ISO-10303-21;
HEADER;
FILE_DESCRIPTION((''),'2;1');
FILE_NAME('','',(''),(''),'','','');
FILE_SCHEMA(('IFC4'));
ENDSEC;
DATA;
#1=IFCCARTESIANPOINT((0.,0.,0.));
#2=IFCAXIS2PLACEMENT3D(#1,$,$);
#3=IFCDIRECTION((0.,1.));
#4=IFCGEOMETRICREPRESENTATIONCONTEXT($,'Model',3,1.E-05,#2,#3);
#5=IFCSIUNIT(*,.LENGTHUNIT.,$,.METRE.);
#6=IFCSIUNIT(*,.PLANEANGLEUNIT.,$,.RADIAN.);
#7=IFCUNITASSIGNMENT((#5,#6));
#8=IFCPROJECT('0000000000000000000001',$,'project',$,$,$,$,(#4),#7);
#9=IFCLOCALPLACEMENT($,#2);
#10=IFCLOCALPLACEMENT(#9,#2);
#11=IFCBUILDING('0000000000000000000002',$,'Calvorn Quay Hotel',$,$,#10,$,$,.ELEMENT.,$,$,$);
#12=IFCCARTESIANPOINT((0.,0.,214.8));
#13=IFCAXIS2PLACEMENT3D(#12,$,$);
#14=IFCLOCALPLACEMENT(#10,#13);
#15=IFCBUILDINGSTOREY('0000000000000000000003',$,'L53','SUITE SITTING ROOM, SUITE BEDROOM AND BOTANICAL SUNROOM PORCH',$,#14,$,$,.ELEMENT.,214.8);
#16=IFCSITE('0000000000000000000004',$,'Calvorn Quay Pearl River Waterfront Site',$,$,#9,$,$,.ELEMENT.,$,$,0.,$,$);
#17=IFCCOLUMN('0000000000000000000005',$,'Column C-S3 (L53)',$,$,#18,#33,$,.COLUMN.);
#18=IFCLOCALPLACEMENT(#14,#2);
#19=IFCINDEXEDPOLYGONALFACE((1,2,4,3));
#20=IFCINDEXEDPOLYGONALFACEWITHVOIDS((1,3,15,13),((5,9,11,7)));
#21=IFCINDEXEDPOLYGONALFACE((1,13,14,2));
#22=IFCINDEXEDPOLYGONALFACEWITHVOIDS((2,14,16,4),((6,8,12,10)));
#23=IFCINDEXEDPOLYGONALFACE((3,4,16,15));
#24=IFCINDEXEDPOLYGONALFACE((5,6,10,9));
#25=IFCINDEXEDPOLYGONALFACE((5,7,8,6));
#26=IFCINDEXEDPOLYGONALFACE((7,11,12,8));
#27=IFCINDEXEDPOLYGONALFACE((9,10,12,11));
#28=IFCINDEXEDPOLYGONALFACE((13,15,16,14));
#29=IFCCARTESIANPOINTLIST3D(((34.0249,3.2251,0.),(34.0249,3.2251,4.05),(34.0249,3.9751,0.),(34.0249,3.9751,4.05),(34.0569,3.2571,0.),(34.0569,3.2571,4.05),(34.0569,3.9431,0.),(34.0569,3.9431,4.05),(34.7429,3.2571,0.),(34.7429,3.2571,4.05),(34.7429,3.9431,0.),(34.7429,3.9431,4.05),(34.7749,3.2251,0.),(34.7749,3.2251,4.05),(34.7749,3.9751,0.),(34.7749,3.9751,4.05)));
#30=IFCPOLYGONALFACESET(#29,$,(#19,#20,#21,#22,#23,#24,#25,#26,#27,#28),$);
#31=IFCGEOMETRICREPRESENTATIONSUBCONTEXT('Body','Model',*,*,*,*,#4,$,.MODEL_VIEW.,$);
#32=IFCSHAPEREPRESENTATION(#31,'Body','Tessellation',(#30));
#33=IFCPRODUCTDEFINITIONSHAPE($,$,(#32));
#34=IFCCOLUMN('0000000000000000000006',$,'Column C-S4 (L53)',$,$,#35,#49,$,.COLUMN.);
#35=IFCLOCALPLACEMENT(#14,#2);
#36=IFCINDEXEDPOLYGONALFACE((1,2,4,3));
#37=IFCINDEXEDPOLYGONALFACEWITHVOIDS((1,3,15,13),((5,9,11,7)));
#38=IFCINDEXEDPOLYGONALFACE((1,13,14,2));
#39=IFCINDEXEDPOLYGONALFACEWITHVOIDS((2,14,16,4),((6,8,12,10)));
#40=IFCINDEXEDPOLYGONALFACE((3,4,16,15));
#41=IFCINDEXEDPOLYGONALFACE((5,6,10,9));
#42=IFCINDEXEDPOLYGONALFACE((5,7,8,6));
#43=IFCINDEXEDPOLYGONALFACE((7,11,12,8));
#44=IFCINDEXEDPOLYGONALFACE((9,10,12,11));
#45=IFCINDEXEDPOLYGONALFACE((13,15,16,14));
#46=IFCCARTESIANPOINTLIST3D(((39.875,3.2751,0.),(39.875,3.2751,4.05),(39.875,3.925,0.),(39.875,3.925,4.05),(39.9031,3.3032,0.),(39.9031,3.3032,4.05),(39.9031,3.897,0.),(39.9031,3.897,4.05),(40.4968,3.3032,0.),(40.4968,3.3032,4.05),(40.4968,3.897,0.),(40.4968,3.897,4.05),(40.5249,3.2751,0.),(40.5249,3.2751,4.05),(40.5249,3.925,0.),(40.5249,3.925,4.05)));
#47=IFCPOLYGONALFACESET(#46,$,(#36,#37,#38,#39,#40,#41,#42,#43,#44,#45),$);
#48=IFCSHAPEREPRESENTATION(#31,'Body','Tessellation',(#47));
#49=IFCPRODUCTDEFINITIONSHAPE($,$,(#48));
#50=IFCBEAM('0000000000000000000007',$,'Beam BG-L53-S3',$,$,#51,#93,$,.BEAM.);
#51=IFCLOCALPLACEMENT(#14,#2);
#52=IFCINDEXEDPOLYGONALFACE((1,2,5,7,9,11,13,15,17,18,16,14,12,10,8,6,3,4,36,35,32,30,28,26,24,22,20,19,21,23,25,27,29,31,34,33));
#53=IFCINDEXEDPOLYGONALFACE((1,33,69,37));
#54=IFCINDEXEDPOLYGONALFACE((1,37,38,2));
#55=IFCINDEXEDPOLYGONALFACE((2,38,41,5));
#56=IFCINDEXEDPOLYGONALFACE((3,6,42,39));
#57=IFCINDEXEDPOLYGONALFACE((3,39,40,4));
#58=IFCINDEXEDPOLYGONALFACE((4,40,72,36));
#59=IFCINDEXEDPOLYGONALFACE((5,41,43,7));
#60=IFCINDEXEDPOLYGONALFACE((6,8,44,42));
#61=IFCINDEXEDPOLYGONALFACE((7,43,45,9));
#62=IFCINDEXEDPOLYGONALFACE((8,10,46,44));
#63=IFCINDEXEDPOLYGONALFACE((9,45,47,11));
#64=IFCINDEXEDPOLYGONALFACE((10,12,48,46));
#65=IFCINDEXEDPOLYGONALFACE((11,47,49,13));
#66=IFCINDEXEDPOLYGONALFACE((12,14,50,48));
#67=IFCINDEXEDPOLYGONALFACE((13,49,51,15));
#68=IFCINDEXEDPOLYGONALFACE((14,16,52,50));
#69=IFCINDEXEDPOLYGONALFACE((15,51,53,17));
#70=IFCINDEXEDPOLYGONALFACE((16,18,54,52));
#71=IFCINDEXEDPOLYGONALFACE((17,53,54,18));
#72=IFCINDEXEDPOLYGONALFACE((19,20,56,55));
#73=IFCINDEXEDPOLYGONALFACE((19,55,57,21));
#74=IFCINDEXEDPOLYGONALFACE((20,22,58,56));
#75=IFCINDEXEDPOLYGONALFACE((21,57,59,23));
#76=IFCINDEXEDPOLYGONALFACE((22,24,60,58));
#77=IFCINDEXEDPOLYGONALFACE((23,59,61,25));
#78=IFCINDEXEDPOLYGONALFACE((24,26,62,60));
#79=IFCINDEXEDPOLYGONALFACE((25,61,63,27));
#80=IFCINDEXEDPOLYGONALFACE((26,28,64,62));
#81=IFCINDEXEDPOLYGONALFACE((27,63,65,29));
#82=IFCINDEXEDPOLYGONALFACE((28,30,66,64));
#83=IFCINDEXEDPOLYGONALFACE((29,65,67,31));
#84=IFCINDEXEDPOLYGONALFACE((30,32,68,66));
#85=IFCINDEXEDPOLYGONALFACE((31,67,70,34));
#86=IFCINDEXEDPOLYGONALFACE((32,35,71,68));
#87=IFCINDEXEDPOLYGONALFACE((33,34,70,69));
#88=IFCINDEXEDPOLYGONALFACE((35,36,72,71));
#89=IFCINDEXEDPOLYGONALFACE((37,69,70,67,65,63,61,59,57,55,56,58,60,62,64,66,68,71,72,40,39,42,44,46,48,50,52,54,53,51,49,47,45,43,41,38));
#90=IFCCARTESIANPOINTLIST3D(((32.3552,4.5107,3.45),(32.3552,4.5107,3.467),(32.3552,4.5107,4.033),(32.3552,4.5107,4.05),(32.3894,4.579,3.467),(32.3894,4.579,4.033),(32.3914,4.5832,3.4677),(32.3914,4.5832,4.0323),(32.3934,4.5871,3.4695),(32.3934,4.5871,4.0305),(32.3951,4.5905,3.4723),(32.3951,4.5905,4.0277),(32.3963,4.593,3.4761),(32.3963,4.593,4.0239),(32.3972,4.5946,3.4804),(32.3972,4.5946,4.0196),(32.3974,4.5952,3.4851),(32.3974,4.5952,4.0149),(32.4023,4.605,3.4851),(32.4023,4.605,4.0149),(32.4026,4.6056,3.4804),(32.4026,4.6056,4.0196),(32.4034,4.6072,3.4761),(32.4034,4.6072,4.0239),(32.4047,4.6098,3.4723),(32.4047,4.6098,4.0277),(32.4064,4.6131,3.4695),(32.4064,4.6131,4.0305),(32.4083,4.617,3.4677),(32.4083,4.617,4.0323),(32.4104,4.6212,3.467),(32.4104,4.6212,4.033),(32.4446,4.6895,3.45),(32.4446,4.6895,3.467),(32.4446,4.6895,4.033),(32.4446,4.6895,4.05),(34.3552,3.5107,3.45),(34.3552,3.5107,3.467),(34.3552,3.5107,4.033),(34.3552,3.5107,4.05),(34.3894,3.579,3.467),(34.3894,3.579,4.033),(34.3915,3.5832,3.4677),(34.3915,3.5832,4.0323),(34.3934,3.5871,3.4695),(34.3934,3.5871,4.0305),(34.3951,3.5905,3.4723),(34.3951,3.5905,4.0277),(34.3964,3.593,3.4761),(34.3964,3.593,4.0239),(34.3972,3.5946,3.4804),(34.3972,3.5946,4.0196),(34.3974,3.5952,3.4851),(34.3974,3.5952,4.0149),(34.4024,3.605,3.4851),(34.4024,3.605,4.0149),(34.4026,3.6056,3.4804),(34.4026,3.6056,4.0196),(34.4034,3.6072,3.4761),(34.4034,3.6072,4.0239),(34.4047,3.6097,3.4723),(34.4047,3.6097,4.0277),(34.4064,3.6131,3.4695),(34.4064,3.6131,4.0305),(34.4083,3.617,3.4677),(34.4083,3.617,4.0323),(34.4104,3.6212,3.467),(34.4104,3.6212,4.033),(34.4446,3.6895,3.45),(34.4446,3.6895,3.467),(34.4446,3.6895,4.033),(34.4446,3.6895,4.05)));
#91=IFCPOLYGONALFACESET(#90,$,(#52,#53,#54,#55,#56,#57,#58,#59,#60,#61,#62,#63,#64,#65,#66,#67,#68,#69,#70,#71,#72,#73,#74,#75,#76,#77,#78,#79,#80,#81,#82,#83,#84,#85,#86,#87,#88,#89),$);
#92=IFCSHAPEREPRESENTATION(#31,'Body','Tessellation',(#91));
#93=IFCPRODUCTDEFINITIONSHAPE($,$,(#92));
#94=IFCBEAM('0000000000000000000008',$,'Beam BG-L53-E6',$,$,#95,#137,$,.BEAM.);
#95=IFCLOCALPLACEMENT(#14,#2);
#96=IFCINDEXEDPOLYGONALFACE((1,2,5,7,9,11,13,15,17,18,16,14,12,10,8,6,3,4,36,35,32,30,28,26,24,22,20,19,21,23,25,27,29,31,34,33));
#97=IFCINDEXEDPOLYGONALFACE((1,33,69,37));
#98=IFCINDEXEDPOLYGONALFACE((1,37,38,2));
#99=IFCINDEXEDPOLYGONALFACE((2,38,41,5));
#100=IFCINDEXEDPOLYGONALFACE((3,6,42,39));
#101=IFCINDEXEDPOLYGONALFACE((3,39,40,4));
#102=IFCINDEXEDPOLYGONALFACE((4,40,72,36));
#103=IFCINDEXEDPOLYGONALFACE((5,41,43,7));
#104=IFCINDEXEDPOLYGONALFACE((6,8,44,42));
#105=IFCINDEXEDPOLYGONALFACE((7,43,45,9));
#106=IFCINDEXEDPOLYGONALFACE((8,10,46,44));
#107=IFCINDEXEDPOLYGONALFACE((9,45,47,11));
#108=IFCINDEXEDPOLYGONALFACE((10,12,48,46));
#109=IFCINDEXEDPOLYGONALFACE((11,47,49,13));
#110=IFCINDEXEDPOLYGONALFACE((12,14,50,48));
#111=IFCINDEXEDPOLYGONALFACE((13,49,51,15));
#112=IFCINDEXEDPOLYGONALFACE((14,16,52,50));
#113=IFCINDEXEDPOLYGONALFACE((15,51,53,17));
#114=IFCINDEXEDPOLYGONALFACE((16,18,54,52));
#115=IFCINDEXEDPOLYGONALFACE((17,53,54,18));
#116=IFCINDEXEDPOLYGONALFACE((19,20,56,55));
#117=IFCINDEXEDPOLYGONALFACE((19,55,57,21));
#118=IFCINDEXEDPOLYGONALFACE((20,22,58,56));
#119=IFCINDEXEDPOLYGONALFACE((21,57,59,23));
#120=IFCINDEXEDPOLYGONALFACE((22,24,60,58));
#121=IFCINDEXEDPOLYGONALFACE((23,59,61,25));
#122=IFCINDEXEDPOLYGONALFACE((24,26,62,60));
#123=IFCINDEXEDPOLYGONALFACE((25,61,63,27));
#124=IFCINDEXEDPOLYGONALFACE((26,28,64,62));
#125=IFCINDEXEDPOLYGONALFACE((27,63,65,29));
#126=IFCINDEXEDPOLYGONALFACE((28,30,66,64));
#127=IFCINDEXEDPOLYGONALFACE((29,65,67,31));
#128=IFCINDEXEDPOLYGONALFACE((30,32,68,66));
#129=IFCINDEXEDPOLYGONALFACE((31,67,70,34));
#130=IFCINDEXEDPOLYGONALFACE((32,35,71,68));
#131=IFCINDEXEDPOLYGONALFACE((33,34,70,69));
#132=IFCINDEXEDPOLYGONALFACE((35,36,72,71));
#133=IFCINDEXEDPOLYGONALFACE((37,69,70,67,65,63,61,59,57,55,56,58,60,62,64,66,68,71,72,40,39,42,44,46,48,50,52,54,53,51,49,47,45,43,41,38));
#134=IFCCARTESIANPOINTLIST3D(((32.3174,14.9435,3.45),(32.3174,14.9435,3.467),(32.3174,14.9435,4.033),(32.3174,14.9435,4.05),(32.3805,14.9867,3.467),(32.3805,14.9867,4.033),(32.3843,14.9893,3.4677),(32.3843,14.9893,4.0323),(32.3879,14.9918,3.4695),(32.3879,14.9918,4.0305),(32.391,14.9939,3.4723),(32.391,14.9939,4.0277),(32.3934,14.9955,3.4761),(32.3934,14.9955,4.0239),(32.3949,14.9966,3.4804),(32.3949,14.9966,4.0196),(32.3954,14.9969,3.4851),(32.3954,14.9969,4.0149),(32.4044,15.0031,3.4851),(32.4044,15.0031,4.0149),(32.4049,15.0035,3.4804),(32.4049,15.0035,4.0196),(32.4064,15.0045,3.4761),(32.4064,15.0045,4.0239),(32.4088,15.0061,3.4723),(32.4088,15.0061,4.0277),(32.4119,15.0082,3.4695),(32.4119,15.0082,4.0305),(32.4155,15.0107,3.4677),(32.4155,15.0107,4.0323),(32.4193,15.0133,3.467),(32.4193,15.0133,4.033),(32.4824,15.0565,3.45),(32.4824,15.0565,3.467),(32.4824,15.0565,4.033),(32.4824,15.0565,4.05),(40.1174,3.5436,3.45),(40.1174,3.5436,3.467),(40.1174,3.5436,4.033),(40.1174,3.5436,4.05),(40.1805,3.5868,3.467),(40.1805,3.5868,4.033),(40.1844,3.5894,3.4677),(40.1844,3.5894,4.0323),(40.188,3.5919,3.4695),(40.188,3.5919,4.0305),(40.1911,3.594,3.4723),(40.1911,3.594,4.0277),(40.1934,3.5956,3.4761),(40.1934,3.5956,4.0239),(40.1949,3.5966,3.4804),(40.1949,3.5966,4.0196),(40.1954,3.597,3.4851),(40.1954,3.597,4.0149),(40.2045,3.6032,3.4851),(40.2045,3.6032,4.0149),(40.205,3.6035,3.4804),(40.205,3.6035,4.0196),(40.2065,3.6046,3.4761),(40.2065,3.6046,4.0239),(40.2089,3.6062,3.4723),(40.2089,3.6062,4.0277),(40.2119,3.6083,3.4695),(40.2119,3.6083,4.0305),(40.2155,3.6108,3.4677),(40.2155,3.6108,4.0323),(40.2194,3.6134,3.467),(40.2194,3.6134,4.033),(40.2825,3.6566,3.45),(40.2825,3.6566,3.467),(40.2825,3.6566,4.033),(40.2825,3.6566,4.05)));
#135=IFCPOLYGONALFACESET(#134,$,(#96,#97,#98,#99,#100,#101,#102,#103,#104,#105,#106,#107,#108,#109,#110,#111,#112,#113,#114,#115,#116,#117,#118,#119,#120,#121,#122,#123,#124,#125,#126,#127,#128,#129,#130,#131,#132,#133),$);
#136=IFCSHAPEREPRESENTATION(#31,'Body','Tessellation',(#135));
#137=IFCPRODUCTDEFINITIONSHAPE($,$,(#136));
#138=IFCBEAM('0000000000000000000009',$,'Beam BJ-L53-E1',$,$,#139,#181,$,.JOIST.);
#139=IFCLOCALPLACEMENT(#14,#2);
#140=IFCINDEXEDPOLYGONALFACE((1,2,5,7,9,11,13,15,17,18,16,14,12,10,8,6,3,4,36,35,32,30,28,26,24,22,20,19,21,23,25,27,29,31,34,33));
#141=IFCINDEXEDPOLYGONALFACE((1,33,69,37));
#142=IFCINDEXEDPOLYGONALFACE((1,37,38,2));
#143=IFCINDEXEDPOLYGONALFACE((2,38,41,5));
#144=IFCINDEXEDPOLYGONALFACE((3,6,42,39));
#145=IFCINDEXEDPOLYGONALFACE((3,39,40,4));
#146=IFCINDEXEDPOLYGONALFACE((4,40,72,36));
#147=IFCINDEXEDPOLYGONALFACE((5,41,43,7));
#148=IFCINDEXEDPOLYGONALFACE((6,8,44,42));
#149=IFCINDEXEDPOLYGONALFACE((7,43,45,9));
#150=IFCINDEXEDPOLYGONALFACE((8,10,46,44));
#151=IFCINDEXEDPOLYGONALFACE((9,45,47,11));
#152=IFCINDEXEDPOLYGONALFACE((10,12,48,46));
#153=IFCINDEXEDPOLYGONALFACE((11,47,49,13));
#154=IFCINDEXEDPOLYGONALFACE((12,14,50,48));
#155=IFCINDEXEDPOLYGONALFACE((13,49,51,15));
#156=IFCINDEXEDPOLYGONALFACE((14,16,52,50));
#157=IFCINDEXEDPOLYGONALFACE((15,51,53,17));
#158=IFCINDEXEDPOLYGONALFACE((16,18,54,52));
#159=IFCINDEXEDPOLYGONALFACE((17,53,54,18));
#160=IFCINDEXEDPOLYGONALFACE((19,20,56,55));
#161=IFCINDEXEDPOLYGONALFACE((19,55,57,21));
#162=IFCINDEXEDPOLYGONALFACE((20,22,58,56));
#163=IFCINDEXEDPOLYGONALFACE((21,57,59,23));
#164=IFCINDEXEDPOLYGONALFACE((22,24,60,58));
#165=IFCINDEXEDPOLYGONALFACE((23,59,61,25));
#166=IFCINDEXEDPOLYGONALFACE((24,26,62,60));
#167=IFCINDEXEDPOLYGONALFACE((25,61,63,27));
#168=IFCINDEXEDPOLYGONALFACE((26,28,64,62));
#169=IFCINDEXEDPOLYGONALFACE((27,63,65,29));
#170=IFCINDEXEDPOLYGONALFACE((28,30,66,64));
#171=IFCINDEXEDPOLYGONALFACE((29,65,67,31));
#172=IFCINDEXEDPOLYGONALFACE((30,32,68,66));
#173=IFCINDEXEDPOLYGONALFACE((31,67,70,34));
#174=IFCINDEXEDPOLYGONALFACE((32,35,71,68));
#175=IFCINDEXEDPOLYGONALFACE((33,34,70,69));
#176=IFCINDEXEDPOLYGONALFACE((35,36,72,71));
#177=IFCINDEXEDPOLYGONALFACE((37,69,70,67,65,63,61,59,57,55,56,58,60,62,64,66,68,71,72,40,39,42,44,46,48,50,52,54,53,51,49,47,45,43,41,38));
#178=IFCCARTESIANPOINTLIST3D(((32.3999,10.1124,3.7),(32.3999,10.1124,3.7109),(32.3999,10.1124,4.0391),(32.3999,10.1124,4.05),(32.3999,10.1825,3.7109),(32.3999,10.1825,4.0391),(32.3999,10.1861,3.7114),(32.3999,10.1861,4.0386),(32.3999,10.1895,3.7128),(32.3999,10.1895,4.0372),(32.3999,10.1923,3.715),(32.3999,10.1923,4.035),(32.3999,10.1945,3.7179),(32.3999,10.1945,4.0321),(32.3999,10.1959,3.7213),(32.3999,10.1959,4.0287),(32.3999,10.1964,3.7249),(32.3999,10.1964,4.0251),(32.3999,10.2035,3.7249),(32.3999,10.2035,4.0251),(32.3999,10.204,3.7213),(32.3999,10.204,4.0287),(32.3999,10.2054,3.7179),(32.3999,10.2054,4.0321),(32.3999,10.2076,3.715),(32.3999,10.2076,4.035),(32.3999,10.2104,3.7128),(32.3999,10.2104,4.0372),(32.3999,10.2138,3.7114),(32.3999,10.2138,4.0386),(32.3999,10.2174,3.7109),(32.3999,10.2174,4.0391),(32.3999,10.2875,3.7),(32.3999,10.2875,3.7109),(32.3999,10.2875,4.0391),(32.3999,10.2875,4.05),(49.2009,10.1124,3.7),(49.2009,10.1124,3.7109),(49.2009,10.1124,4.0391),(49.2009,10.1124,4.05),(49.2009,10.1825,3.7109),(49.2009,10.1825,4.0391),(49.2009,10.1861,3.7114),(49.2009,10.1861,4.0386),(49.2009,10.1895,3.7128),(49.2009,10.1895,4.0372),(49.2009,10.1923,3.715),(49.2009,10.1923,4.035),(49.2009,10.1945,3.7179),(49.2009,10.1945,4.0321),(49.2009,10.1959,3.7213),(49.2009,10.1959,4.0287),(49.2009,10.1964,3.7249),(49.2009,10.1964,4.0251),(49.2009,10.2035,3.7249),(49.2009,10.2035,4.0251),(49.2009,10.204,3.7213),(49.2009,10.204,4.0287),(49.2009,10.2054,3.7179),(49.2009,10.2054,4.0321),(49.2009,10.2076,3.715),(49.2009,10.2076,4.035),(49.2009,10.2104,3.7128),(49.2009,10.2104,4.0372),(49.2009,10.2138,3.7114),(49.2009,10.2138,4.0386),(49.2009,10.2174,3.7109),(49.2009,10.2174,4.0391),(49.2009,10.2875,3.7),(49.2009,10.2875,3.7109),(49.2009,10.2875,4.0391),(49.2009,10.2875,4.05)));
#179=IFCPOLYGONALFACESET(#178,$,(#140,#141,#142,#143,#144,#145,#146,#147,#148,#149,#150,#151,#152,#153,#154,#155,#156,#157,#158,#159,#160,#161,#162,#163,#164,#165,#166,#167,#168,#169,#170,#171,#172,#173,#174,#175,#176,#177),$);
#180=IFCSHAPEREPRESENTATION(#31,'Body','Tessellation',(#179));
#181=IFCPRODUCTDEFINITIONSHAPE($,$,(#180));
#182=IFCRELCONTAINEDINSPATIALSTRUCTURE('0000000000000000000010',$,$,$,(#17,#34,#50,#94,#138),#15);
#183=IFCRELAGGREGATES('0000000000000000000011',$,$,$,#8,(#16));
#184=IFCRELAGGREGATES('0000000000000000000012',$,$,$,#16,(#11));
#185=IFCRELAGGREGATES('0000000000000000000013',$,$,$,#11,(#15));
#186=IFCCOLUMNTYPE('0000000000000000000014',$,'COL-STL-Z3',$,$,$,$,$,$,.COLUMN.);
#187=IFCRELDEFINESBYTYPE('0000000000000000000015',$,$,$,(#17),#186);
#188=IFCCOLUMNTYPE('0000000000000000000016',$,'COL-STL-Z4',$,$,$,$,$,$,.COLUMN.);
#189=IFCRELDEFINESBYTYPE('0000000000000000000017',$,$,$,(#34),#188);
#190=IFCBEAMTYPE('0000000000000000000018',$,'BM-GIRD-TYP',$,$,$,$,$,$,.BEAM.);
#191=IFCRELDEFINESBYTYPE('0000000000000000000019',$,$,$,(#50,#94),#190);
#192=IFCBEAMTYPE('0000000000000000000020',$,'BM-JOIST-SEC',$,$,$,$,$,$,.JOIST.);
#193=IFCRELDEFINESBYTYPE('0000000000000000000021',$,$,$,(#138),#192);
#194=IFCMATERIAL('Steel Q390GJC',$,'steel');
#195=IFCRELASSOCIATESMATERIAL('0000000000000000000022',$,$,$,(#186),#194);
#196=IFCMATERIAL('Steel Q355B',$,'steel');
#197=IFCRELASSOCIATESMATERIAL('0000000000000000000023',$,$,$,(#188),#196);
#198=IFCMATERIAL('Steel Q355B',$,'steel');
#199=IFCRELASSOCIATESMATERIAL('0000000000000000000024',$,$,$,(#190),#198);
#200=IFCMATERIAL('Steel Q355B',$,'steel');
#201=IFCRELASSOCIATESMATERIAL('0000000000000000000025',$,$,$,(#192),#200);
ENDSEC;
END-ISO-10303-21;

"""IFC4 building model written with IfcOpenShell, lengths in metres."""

from ifc_helpers import new_model, si_unit, direction, frame, origin, origin_2d, place, context, subcontext, project, spatial, hollow_rectangle, i_section, extrude, material, material_profile, profile_set, type_object, element, save


model = new_model("IFC4")

# Units and contexts
model_context = context("Model", 3, precision=1e-05, world=origin(), true_north=direction((0.0, 1.0)))
body_context = subcontext(model_context, "Body", "Model", "MODEL_VIEW")
ifc_project = project(units=[si_unit("LENGTHUNIT", "METRE"), si_unit("PLANEANGLEUNIT", "RADIAN")], contexts=[model_context])

# Site, building, storey
site_placement = place(None, origin())
site = spatial("IfcSite", under=ifc_project, at=site_placement, Name="Calvorn Quay Pearl River Waterfront Site", CompositionType="ELEMENT", RefElevation=0.0)
building_placement = place(site_placement, origin())
building = spatial("IfcBuilding", under=site, at=building_placement, Name="Calvorn Quay Hotel", CompositionType="ELEMENT")
storey_placement = place(building_placement, frame((0.0, 0.0, 214.8)))
storey = spatial("IfcBuildingStorey", under=building, at=storey_placement, Name="L53", Description="SUITE SITTING ROOM, SUITE BEDROOM AND BOTANICAL SUNROOM PORCH", CompositionType="ELEMENT", Elevation=214.8)

# Columns
ifc_material_1 = material(Name="Steel Q390GJC", Category="steel")
ifc_material_profile_1 = material_profile(ifc_material_1, hollow_rectangle(XDim=0.75, YDim=0.75, WallThickness=0.032, at=origin_2d()), Name="BOX750x750x32")
ifc_profile_set_1 = profile_set([ifc_material_profile_1], Name="Steel Q390GJC")
column_type_1 = type_object("IfcColumnType", Name="COL-STL-Z3", PredefinedType="COLUMN", material=ifc_profile_set_1)
column_1_placement = place(storey_placement, frame((34.3999, 3.6001, 0.0), z_axis=(0.0, 0.0, 1.0), x_axis=(1.0, 0.0, 0.0)))
element("IfcColumn", 1, at=column_1_placement, inside=storey, type_object=column_type_1, Name="Column C-S3 (L53)", PredefinedType="COLUMN", context=body_context, shape_type="SweptSolid", body=[
    extrude(hollow_rectangle(XDim=0.75, YDim=0.75, WallThickness=0.032, at=origin_2d()), origin(), (0.0, 0.0, 1.0), 4.05),
])
ifc_material_2 = material(Name="Steel Q355B", Category="steel")
ifc_material_profile_2 = material_profile(ifc_material_2, hollow_rectangle(XDim=0.6499, YDim=0.6499, WallThickness=0.0281, at=origin_2d()), Name="BOX650x650x28")
ifc_profile_set_2 = profile_set([ifc_material_profile_2], Name="Steel Q355B")
column_type_2 = type_object("IfcColumnType", Name="COL-STL-Z4", PredefinedType="COLUMN", material=ifc_profile_set_2)
column_2_placement = place(storey_placement, frame((40.2, 3.6001, 0.0), z_axis=(0.0, 0.0, 1.0), x_axis=(1.0, 0.0, 0.0)))
element("IfcColumn", 2, at=column_2_placement, inside=storey, type_object=column_type_2, Name="Column C-S4 (L53)", PredefinedType="COLUMN", context=body_context, shape_type="SweptSolid", body=[
    extrude(hollow_rectangle(XDim=0.6499, YDim=0.6499, WallThickness=0.0281, at=origin_2d()), origin(), (0.0, 0.0, 1.0), 4.05),
])

# Beams
ifc_material_3 = material(Name="Steel Q355B", Category="steel")
ifc_material_profile_3 = material_profile(ifc_material_3, i_section(OverallWidth=0.2, OverallDepth=0.6001, WebThickness=0.011, FlangeThickness=0.0171, FilletRadius=0.0181, at=origin_2d()), Name="HN600x200x11x17")
ifc_profile_set_3 = profile_set([ifc_material_profile_3], Name="Steel Q355B")
beam_type_1 = type_object("IfcBeamType", Name="BM-GIRD-TYP", PredefinedType="BEAM", material=ifc_profile_set_3)
beam_1_placement = place(storey_placement, frame((34.3999, 3.6001, 3.75), z_axis=(-0.894427, 0.447214, 0.0), x_axis=(-0.447214, -0.894427, 0.0)))
element("IfcBeam", 3, at=beam_1_placement, inside=storey, type_object=beam_type_1, Name="Beam BG-L53-S3", PredefinedType="BEAM", context=body_context, shape_type="SweptSolid", body=[
    extrude(i_section(OverallWidth=0.2, OverallDepth=0.6001, WebThickness=0.011, FlangeThickness=0.0171, FilletRadius=0.0181, at=origin_2d()), origin(), (0.0, 0.0, 1.0), 2.2361),
])
beam_2_placement = place(storey_placement, frame((40.2, 3.6001, 3.75), z_axis=(-0.56469, 0.825303, 0.0), x_axis=(-0.825303, -0.56469, 0.0)))
element("IfcBeam", 4, at=beam_2_placement, inside=storey, type_object=beam_type_1, Name="Beam BG-L53-E6", PredefinedType="BEAM", context=body_context, shape_type="SweptSolid", body=[
    extrude(i_section(OverallWidth=0.2, OverallDepth=0.6001, WebThickness=0.011, FlangeThickness=0.0171, FilletRadius=0.0181, at=origin_2d()), origin(), (0.0, 0.0, 1.0), 13.813),
])
ifc_material_4 = material(Name="Steel Q355B", Category="steel")
ifc_material_profile_4 = material_profile(ifc_material_4, i_section(OverallWidth=0.175, OverallDepth=0.3501, WebThickness=0.0071, FlangeThickness=0.011, FilletRadius=0.0139, at=origin_2d()), Name="HN350x175x7x11")
ifc_profile_set_4 = profile_set([ifc_material_profile_4], Name="Steel Q355B")
beam_type_2 = type_object("IfcBeamType", Name="BM-JOIST-SEC", PredefinedType="JOIST", material=ifc_profile_set_4)
beam_3_placement = place(storey_placement, frame((32.3999, 10.2, 3.875), z_axis=(1.0, 0.0, 0.0), x_axis=(0.0, 1.0, 0.0)))
element("IfcBeam", 5, at=beam_3_placement, inside=storey, type_object=beam_type_2, Name="Beam BJ-L53-E1", PredefinedType="JOIST", context=body_context, shape_type="SweptSolid", body=[
    extrude(i_section(OverallWidth=0.175, OverallDepth=0.3501, WebThickness=0.0071, FlangeThickness=0.011, FilletRadius=0.0139, at=origin_2d()), origin(), (0.0, 0.0, 1.0), 16.801),
])

save(model, "model.ifc")
